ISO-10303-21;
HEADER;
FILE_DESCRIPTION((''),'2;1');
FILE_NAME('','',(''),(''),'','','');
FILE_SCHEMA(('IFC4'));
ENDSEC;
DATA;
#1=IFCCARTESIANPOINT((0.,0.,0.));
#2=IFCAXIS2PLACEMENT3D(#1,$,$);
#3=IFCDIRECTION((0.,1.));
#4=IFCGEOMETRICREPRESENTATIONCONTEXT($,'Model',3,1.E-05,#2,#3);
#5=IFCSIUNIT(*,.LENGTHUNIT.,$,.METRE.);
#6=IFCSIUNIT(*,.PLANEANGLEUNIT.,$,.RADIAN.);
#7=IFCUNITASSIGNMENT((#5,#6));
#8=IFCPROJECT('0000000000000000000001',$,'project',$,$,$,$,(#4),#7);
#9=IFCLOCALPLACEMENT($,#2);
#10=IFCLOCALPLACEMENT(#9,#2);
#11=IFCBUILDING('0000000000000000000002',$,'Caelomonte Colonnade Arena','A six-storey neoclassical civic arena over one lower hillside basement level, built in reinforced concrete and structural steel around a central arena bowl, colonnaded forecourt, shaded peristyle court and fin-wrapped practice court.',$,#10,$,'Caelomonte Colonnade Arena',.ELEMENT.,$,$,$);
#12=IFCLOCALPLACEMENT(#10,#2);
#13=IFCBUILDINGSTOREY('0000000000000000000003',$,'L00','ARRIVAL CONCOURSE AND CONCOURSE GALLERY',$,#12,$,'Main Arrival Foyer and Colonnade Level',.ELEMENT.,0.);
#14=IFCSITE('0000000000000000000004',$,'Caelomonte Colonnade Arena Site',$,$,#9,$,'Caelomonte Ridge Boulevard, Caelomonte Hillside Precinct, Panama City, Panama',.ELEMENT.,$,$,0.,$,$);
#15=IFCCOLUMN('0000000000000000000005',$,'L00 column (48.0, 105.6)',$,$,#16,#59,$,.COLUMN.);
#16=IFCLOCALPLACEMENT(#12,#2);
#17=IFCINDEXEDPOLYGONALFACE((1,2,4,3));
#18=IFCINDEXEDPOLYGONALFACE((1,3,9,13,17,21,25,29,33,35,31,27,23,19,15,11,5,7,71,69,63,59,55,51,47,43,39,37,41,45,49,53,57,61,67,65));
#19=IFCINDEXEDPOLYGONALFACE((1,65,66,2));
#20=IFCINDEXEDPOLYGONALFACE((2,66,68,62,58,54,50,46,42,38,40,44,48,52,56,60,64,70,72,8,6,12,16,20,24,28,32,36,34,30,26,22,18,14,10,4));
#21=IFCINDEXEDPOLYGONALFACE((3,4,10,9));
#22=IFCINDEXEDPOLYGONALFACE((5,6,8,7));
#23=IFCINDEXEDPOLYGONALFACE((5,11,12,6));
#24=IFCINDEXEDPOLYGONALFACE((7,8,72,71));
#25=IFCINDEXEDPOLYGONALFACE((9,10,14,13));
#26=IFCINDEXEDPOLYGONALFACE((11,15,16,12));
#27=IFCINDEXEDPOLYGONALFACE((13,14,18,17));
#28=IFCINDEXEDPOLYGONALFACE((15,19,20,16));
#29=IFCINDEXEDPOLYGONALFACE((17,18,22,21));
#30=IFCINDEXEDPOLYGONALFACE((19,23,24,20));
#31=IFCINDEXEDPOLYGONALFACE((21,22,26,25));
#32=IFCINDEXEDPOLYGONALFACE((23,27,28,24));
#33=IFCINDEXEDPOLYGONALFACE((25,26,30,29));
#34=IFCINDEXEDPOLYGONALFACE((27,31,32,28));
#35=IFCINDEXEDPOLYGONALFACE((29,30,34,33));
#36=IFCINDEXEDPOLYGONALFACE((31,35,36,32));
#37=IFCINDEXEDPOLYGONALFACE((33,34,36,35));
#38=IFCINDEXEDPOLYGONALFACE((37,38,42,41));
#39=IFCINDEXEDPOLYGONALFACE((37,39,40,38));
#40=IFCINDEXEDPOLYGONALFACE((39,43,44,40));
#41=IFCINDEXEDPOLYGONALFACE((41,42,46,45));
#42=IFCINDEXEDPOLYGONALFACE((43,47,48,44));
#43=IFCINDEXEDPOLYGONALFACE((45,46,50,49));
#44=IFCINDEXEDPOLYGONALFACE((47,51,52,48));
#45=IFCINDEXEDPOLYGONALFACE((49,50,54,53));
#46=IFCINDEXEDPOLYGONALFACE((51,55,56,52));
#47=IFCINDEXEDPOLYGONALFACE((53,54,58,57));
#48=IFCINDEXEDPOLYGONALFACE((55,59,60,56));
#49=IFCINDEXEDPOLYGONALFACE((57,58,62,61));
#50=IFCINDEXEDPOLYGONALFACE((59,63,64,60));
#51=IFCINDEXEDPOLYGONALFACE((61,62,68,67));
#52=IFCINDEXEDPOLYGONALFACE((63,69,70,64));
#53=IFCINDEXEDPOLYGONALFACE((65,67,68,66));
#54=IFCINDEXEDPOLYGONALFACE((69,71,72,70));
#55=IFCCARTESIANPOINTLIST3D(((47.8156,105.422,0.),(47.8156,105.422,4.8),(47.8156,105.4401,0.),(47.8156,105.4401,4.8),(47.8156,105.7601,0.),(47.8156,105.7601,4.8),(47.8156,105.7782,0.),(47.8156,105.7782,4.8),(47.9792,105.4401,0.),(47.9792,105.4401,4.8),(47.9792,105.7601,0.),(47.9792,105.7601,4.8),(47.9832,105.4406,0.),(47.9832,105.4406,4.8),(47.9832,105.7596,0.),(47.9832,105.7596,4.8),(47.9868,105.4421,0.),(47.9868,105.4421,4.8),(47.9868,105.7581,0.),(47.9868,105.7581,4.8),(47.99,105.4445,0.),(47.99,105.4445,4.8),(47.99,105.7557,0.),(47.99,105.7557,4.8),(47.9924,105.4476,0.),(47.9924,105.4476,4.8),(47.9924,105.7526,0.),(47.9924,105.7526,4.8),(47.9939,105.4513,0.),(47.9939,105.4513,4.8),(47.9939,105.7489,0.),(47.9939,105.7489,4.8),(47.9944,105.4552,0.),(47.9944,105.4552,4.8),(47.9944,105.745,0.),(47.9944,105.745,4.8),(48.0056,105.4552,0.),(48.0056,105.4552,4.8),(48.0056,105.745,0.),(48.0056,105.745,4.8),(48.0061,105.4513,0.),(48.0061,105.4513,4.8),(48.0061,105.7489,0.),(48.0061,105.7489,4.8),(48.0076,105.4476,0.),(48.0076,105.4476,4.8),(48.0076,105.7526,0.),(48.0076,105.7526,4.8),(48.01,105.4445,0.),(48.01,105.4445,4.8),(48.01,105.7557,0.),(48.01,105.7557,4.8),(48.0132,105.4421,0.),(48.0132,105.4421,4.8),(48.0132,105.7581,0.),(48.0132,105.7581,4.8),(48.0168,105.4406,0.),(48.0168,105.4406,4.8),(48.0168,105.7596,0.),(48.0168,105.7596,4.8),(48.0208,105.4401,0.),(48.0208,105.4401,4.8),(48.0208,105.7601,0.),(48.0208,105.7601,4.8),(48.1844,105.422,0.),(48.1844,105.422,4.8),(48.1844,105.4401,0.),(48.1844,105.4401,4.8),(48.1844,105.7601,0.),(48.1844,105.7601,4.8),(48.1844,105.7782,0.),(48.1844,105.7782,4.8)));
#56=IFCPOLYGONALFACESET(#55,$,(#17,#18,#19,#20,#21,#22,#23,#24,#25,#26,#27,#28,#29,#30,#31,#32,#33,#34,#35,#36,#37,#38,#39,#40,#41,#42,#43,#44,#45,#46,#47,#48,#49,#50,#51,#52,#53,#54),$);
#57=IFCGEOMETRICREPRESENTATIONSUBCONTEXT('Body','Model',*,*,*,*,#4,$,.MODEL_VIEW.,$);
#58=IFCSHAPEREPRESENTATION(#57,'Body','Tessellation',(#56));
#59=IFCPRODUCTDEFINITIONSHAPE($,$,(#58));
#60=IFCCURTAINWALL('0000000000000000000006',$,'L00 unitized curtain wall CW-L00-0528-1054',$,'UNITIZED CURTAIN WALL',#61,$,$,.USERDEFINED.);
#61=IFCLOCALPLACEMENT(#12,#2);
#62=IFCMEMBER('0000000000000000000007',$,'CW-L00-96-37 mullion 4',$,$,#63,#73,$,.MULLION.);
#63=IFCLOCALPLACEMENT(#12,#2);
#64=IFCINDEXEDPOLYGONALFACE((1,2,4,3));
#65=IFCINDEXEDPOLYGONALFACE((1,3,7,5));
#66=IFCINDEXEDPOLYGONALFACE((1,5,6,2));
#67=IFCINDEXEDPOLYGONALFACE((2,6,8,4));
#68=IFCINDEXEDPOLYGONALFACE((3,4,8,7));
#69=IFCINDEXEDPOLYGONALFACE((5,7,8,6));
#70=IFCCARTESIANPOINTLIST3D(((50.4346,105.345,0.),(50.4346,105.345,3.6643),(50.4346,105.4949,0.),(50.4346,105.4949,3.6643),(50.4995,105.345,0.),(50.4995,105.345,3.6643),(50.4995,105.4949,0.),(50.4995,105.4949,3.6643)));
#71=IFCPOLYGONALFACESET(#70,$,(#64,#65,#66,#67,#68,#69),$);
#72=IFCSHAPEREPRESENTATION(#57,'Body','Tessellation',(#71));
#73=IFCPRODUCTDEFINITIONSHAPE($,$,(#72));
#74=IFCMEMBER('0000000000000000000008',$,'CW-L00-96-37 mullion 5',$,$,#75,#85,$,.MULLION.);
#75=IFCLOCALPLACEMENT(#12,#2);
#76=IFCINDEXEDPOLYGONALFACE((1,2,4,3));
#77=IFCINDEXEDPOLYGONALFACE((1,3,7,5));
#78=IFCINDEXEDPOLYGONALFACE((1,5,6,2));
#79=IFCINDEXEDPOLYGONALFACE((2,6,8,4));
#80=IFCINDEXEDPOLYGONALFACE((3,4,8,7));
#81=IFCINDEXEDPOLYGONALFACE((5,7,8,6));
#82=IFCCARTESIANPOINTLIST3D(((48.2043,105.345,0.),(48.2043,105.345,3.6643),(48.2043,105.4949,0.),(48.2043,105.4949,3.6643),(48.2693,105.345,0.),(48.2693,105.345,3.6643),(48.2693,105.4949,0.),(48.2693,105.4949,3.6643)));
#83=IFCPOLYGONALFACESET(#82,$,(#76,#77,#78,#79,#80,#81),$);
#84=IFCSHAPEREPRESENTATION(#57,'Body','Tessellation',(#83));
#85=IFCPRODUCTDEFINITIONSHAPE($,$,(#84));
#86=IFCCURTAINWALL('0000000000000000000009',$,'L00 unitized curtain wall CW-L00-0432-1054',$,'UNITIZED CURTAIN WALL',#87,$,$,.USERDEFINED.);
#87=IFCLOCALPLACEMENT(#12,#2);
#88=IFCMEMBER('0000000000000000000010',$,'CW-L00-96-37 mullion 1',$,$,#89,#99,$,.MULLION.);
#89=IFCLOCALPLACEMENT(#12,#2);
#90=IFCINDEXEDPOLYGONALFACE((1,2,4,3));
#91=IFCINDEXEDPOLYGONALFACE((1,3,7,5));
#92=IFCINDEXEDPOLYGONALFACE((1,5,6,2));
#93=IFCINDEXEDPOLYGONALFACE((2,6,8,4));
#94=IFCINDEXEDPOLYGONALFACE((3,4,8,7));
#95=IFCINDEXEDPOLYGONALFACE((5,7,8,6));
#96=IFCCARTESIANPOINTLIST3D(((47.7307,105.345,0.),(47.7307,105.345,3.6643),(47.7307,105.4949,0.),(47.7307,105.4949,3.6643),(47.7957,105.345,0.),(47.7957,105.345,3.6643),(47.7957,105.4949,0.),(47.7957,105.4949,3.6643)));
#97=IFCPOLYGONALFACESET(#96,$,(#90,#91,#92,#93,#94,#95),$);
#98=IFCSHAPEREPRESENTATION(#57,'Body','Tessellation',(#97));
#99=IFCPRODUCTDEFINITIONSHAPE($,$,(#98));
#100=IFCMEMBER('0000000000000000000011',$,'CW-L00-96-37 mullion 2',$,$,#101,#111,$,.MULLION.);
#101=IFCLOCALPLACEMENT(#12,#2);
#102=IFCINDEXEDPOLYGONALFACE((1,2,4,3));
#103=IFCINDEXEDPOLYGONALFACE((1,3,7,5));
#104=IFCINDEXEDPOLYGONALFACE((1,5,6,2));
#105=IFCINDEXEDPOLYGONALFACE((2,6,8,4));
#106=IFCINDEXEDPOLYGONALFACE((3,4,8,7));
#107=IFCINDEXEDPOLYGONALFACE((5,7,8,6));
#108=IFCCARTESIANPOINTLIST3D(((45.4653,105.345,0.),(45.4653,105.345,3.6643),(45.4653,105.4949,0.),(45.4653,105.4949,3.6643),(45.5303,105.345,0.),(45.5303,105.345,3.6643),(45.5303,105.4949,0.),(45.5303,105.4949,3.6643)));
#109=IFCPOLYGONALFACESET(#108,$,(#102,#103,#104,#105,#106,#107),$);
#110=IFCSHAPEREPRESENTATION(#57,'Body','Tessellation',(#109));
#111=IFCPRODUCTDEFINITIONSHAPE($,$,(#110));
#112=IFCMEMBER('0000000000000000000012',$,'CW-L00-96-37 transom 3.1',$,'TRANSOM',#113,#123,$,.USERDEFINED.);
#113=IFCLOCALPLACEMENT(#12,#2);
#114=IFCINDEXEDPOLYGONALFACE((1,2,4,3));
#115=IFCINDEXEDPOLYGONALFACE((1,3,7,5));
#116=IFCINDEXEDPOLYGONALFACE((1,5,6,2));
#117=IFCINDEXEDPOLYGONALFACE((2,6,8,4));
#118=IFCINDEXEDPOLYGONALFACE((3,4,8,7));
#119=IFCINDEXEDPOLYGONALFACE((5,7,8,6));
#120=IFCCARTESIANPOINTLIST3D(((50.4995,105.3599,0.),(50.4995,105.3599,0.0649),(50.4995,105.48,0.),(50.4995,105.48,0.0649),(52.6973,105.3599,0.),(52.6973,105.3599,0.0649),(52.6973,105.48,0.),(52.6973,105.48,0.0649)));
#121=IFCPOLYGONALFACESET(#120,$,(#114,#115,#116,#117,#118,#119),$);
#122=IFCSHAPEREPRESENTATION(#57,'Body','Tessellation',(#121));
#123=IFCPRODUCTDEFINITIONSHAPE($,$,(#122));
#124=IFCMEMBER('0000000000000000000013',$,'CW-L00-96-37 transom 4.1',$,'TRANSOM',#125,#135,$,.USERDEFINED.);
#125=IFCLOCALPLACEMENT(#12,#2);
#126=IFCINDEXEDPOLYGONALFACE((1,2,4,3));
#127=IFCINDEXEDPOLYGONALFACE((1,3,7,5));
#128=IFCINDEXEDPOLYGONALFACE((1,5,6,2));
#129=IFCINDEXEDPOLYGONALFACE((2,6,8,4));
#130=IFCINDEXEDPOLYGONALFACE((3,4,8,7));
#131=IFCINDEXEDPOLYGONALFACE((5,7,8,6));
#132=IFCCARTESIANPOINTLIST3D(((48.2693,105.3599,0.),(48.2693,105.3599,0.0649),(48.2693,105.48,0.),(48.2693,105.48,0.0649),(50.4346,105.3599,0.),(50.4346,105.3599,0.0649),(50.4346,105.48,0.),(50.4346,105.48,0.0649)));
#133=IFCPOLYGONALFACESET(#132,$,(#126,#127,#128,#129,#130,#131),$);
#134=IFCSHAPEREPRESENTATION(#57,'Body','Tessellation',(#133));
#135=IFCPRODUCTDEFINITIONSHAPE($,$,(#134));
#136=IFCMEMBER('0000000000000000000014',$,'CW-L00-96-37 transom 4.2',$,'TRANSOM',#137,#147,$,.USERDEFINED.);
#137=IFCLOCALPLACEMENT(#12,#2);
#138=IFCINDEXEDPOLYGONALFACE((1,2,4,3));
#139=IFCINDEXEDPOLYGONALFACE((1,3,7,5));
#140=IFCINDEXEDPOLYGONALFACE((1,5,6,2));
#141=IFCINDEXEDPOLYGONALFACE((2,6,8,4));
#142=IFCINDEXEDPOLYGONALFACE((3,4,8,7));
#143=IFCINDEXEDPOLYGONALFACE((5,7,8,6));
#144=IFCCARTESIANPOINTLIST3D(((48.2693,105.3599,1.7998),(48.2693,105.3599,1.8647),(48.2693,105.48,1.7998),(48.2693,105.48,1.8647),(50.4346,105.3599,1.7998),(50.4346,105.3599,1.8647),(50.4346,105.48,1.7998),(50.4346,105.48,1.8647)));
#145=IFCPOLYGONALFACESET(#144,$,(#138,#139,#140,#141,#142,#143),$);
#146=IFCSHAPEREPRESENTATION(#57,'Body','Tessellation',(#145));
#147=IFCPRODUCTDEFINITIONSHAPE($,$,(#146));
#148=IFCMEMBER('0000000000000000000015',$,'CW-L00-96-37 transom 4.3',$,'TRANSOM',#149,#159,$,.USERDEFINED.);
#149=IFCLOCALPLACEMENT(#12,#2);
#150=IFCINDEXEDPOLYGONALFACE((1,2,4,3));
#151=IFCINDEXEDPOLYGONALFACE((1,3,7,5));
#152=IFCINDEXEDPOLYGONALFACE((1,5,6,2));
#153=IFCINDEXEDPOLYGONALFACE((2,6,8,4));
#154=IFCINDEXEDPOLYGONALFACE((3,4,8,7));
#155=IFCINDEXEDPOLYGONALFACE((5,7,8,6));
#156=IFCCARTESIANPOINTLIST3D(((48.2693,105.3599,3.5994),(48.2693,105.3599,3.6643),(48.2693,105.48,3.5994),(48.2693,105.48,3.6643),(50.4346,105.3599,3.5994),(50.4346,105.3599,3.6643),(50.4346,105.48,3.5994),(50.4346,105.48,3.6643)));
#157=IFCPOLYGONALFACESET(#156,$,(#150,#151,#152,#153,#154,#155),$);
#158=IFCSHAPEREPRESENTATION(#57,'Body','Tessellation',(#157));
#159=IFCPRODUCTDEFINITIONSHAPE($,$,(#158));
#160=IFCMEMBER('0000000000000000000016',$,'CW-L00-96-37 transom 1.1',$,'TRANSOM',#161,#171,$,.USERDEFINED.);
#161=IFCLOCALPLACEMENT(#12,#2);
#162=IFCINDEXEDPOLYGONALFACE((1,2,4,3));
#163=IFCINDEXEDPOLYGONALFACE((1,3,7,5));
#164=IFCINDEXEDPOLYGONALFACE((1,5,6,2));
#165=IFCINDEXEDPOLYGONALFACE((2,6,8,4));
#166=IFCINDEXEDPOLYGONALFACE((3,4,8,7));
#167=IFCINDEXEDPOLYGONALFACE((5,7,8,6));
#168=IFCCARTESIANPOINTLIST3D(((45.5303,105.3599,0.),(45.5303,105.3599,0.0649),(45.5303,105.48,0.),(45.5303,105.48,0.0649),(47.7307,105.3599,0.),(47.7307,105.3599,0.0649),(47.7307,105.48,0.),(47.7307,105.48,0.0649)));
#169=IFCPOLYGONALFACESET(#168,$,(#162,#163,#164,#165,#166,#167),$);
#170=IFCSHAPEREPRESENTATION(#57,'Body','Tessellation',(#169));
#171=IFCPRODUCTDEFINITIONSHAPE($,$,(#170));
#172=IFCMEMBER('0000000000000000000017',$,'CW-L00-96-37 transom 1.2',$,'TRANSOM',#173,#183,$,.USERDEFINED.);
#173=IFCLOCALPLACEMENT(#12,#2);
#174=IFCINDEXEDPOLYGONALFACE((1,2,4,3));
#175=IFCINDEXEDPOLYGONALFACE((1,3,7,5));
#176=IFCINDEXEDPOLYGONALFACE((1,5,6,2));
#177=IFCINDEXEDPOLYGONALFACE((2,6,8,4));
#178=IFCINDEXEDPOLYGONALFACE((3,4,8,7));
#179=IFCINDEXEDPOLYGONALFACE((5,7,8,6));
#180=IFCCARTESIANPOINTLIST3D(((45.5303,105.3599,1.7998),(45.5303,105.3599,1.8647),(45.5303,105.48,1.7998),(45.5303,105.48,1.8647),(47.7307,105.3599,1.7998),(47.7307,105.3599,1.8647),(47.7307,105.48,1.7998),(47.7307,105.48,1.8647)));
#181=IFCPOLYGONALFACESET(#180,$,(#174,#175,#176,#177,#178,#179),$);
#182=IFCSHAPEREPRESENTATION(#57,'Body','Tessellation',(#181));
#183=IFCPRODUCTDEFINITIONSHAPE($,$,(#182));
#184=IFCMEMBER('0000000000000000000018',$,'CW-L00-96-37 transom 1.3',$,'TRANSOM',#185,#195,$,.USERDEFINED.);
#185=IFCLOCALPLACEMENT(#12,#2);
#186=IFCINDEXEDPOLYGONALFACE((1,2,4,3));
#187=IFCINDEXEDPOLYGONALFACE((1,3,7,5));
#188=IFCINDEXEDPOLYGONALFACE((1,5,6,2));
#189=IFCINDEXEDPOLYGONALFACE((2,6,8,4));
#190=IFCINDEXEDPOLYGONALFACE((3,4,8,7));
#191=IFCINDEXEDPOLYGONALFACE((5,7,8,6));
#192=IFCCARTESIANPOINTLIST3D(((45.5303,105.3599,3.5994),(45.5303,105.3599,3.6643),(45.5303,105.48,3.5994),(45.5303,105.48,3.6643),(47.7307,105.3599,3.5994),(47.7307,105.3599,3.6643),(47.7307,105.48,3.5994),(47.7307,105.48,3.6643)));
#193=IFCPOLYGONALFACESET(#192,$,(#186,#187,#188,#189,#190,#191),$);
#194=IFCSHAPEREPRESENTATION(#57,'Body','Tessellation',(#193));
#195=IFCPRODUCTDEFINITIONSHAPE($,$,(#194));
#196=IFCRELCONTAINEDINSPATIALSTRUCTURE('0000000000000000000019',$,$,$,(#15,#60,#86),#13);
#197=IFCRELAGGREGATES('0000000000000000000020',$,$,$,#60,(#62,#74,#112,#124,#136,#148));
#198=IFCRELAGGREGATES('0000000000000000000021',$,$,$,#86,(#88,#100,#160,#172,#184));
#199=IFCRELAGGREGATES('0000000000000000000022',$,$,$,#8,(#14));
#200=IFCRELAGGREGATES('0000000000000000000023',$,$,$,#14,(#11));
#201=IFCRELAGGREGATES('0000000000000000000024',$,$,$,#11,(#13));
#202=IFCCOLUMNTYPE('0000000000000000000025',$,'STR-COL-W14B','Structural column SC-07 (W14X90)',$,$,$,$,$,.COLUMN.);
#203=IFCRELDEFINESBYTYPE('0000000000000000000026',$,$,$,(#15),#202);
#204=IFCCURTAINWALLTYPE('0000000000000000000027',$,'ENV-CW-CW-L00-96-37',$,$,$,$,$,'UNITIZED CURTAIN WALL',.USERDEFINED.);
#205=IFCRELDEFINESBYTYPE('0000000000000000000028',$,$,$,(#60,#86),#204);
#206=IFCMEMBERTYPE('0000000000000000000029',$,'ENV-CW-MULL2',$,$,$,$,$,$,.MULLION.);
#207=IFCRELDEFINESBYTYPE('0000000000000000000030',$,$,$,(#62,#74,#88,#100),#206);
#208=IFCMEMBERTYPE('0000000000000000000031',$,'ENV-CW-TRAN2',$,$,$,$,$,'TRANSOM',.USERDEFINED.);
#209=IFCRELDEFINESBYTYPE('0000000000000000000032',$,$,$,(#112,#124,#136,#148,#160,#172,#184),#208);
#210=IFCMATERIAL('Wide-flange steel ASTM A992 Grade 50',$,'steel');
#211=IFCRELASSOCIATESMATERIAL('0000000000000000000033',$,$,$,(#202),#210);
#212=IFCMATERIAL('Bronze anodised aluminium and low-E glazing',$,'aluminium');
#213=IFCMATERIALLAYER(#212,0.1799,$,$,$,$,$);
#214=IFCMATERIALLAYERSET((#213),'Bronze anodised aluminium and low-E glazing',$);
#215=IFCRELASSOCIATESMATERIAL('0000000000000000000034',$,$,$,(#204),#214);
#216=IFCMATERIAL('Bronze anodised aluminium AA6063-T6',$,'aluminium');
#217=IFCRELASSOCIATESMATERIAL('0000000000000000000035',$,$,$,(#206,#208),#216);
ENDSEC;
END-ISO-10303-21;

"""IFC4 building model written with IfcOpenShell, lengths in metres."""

from ifc_helpers import new_model, si_unit, direction, frame, origin, origin_2d, place, context, subcontext, project, spatial, rectangle, i_section, extrude, material, layer, layer_set, material_profile, profile_set, type_object, element, aggregate, save


model = new_model("IFC4")

# Units and contexts
model_context = context("Model", 3, precision=1e-05, world=origin(), true_north=direction((0.0, 1.0)))
body_context = subcontext(model_context, "Body", "Model", "MODEL_VIEW")
ifc_project = project(units=[si_unit("LENGTHUNIT", "METRE"), si_unit("PLANEANGLEUNIT", "RADIAN")], contexts=[model_context])

# Site, building, storey
site_placement = place(None, origin())
site = spatial("IfcSite", under=ifc_project, at=site_placement, Name="Caelomonte Colonnade Arena Site", LongName="Caelomonte Ridge Boulevard, Caelomonte Hillside Precinct, Panama City, Panama", CompositionType="ELEMENT", RefElevation=0.0)
building_placement = place(site_placement, origin())
building = spatial("IfcBuilding", under=site, at=building_placement, Name="Caelomonte Colonnade Arena", Description="A six-storey neoclassical civic arena over one lower hillside basement level, built in reinforced concrete and structural steel around a central arena bowl, colonnaded forecourt, shaded peristyle court and fin-wrapped practice court.", LongName="Caelomonte Colonnade Arena", CompositionType="ELEMENT")
storey_placement = place(building_placement, origin())
storey = spatial("IfcBuildingStorey", under=building, at=storey_placement, Name="L00", Description="ARRIVAL CONCOURSE AND CONCOURSE GALLERY", LongName="Main Arrival Foyer and Colonnade Level", CompositionType="ELEMENT", Elevation=0.0)

# Column
ifc_material_1 = material(Name="Wide-flange steel ASTM A992 Grade 50", Category="steel")
ifc_material_profile_1 = material_profile(ifc_material_1, i_section(OverallWidth=0.3689, OverallDepth=0.3562, WebThickness=0.0112, FlangeThickness=0.0181, FilletRadius=0.0151, at=origin_2d()), Name="W14X90")
ifc_profile_set_1 = profile_set([ifc_material_profile_1], Name="Wide-flange steel ASTM A992 Grade 50")
column_type = type_object("IfcColumnType", Name="STR-COL-W14B", Description="Structural column SC-07 (W14X90)", PredefinedType="COLUMN", material=ifc_profile_set_1)
column_placement = place(storey_placement, frame((48.0, 105.6001, 0.0), z_axis=(0.0, 0.0, 1.0), x_axis=(1.0, 0.0, 0.0)))
element("IfcColumn", 1, at=column_placement, inside=storey, type_object=column_type, Name="L00 column (48.0, 105.6)", PredefinedType="COLUMN", context=body_context, shape_type="SweptSolid", body=[
    extrude(i_section(OverallWidth=0.3689, OverallDepth=0.3562, WebThickness=0.0112, FlangeThickness=0.0181, FilletRadius=0.0151, at=origin_2d()), origin(), (0.0, 0.0, 1.0), 4.8),
])

# Curtain walls, members
ifc_material_2 = material(Name="Bronze anodised aluminium and low-E glazing", Category="aluminium")
ifc_layer_1 = layer(ifc_material_2, 0.1799)
ifc_layer_set_1 = layer_set([ifc_layer_1], Name="Bronze anodised aluminium and low-E glazing")
curtain_wall_type = type_object("IfcCurtainWallType", Name="ENV-CW-CW-L00-96-37", ElementType="UNITIZED CURTAIN WALL", PredefinedType="USERDEFINED", material=ifc_layer_set_1)
curtain_wall_1_placement = place(storey_placement, origin())
curtain_wall_1 = element("IfcCurtainWall", 2, at=curtain_wall_1_placement, inside=storey, type_object=curtain_wall_type, Name="L00 unitized curtain wall CW-L00-0528-1054", ObjectType="UNITIZED CURTAIN WALL", PredefinedType="USERDEFINED")
ifc_material_3 = material(Name="Bronze anodised aluminium AA6063-T6", Category="aluminium")
ifc_material_profile_2 = material_profile(ifc_material_3, rectangle(XDim=0.0649, YDim=0.1499, at=origin_2d()), Name="CWM-65X150")
ifc_profile_set_2 = profile_set([ifc_material_profile_2], Name="Bronze anodised aluminium AA6063-T6")
member_type_1 = type_object("IfcMemberType", Name="ENV-CW-MULL2", PredefinedType="MULLION", material=ifc_profile_set_2)
member_1_placement = place(storey_placement, frame((50.467, 105.4199, 0.0), z_axis=(0.0, 0.0, 1.0), x_axis=(-1.0, 0.0, 0.0)))
member_1 = element("IfcMember", 3, at=member_1_placement, type_object=member_type_1, Name="CW-L00-96-37 mullion 4", PredefinedType="MULLION", context=body_context, shape_type="SweptSolid", body=[
    extrude(rectangle(XDim=0.0649, YDim=0.1499, at=origin_2d()), origin(), (0.0, 0.0, 1.0), 3.6643),
])
member_2_placement = place(storey_placement, frame((48.2368, 105.4199, 0.0), z_axis=(0.0, 0.0, 1.0), x_axis=(-1.0, 0.0, 0.0)))
member_2 = element("IfcMember", 4, at=member_2_placement, type_object=member_type_1, Name="CW-L00-96-37 mullion 5", PredefinedType="MULLION", context=body_context, shape_type="SweptSolid", body=[
    extrude(rectangle(XDim=0.0649, YDim=0.1499, at=origin_2d()), origin(), (0.0, 0.0, 1.0), 3.6643),
])
curtain_wall_2_placement = place(storey_placement, origin())
curtain_wall_2 = element("IfcCurtainWall", 5, at=curtain_wall_2_placement, inside=storey, type_object=curtain_wall_type, Name="L00 unitized curtain wall CW-L00-0432-1054", ObjectType="UNITIZED CURTAIN WALL", PredefinedType="USERDEFINED")
member_3_placement = place(storey_placement, frame((47.7632, 105.4199, 0.0), z_axis=(0.0, 0.0, 1.0), x_axis=(-1.0, 0.0, 0.0)))
member_3 = element("IfcMember", 6, at=member_3_placement, type_object=member_type_1, Name="CW-L00-96-37 mullion 1", PredefinedType="MULLION", context=body_context, shape_type="SweptSolid", body=[
    extrude(rectangle(XDim=0.0649, YDim=0.1499, at=origin_2d()), origin(), (0.0, 0.0, 1.0), 3.6643),
])
member_4_placement = place(storey_placement, frame((45.4978, 105.4199, 0.0), z_axis=(0.0, 0.0, 1.0), x_axis=(-1.0, 0.0, 0.0)))
member_4 = element("IfcMember", 7, at=member_4_placement, type_object=member_type_1, Name="CW-L00-96-37 mullion 2", PredefinedType="MULLION", context=body_context, shape_type="SweptSolid", body=[
    extrude(rectangle(XDim=0.0649, YDim=0.1499, at=origin_2d()), origin(), (0.0, 0.0, 1.0), 3.6643),
])

# Members
ifc_material_profile_3 = material_profile(ifc_material_3, rectangle(XDim=0.0649, YDim=0.1201, at=origin_2d()), Name="CWT-65X120")
ifc_profile_set_3 = profile_set([ifc_material_profile_3], Name="Bronze anodised aluminium AA6063-T6")
member_type_2 = type_object("IfcMemberType", Name="ENV-CW-TRAN2", ElementType="TRANSOM", PredefinedType="USERDEFINED", material=ifc_profile_set_3)
member_5_placement = place(storey_placement, frame((52.6973, 105.4199, 0.0325), z_axis=(-1.0, 0.0, 0.0), x_axis=(0.0, 0.0, 1.0)))
member_5 = element("IfcMember", 8, at=member_5_placement, type_object=member_type_2, Name="CW-L00-96-37 transom 3.1", ObjectType="TRANSOM", PredefinedType="USERDEFINED", context=body_context, shape_type="SweptSolid", body=[
    extrude(rectangle(XDim=0.0649, YDim=0.1201, at=origin_2d()), origin(), (0.0, 0.0, 1.0), 2.1978),
])
member_6_placement = place(storey_placement, frame((50.4346, 105.4199, 0.0325), z_axis=(-1.0, 0.0, 0.0), x_axis=(0.0, 0.0, 1.0)))
member_6 = element("IfcMember", 9, at=member_6_placement, type_object=member_type_2, Name="CW-L00-96-37 transom 4.1", ObjectType="TRANSOM", PredefinedType="USERDEFINED", context=body_context, shape_type="SweptSolid", body=[
    extrude(rectangle(XDim=0.0649, YDim=0.1201, at=origin_2d()), origin(), (0.0, 0.0, 1.0), 2.1653),
])
member_7_placement = place(storey_placement, frame((50.4346, 105.4199, 1.8323), z_axis=(-1.0, 0.0, 0.0), x_axis=(0.0, 0.0, 1.0)))
member_7 = element("IfcMember", 10, at=member_7_placement, type_object=member_type_2, Name="CW-L00-96-37 transom 4.2", ObjectType="TRANSOM", PredefinedType="USERDEFINED", context=body_context, shape_type="SweptSolid", body=[
    extrude(rectangle(XDim=0.0649, YDim=0.1201, at=origin_2d()), origin(), (0.0, 0.0, 1.0), 2.1653),
])
member_8_placement = place(storey_placement, frame((50.4346, 105.4199, 3.6318), z_axis=(-1.0, 0.0, 0.0), x_axis=(0.0, 0.0, 1.0)))
member_8 = element("IfcMember", 11, at=member_8_placement, type_object=member_type_2, Name="CW-L00-96-37 transom 4.3", ObjectType="TRANSOM", PredefinedType="USERDEFINED", context=body_context, shape_type="SweptSolid", body=[
    extrude(rectangle(XDim=0.0649, YDim=0.1201, at=origin_2d()), origin(), (0.0, 0.0, 1.0), 2.1653),
])
member_9_placement = place(storey_placement, frame((47.7307, 105.4199, 0.0325), z_axis=(-1.0, 0.0, 0.0), x_axis=(0.0, 0.0, 1.0)))
member_9 = element("IfcMember", 12, at=member_9_placement, type_object=member_type_2, Name="CW-L00-96-37 transom 1.1", ObjectType="TRANSOM", PredefinedType="USERDEFINED", context=body_context, shape_type="SweptSolid", body=[
    extrude(rectangle(XDim=0.0649, YDim=0.1201, at=origin_2d()), origin(), (0.0, 0.0, 1.0), 2.2004),
])
member_10_placement = place(storey_placement, frame((47.7307, 105.4199, 1.8323), z_axis=(-1.0, 0.0, 0.0), x_axis=(0.0, 0.0, 1.0)))
member_10 = element("IfcMember", 13, at=member_10_placement, type_object=member_type_2, Name="CW-L00-96-37 transom 1.2", ObjectType="TRANSOM", PredefinedType="USERDEFINED", context=body_context, shape_type="SweptSolid", body=[
    extrude(rectangle(XDim=0.0649, YDim=0.1201, at=origin_2d()), origin(), (0.0, 0.0, 1.0), 2.2004),
])
member_11_placement = place(storey_placement, frame((47.7307, 105.4199, 3.6318), z_axis=(-1.0, 0.0, 0.0), x_axis=(0.0, 0.0, 1.0)))
member_11 = element("IfcMember", 14, at=member_11_placement, type_object=member_type_2, Name="CW-L00-96-37 transom 1.3", ObjectType="TRANSOM", PredefinedType="USERDEFINED", context=body_context, shape_type="SweptSolid", body=[
    extrude(rectangle(XDim=0.0649, YDim=0.1201, at=origin_2d()), origin(), (0.0, 0.0, 1.0), 2.2004),
])

aggregate(curtain_wall_1, [member_1, member_2, member_5, member_6, member_7, member_8])
aggregate(curtain_wall_2, [member_3, member_4, member_9, member_10, member_11])

save(model, "model.ifc")
